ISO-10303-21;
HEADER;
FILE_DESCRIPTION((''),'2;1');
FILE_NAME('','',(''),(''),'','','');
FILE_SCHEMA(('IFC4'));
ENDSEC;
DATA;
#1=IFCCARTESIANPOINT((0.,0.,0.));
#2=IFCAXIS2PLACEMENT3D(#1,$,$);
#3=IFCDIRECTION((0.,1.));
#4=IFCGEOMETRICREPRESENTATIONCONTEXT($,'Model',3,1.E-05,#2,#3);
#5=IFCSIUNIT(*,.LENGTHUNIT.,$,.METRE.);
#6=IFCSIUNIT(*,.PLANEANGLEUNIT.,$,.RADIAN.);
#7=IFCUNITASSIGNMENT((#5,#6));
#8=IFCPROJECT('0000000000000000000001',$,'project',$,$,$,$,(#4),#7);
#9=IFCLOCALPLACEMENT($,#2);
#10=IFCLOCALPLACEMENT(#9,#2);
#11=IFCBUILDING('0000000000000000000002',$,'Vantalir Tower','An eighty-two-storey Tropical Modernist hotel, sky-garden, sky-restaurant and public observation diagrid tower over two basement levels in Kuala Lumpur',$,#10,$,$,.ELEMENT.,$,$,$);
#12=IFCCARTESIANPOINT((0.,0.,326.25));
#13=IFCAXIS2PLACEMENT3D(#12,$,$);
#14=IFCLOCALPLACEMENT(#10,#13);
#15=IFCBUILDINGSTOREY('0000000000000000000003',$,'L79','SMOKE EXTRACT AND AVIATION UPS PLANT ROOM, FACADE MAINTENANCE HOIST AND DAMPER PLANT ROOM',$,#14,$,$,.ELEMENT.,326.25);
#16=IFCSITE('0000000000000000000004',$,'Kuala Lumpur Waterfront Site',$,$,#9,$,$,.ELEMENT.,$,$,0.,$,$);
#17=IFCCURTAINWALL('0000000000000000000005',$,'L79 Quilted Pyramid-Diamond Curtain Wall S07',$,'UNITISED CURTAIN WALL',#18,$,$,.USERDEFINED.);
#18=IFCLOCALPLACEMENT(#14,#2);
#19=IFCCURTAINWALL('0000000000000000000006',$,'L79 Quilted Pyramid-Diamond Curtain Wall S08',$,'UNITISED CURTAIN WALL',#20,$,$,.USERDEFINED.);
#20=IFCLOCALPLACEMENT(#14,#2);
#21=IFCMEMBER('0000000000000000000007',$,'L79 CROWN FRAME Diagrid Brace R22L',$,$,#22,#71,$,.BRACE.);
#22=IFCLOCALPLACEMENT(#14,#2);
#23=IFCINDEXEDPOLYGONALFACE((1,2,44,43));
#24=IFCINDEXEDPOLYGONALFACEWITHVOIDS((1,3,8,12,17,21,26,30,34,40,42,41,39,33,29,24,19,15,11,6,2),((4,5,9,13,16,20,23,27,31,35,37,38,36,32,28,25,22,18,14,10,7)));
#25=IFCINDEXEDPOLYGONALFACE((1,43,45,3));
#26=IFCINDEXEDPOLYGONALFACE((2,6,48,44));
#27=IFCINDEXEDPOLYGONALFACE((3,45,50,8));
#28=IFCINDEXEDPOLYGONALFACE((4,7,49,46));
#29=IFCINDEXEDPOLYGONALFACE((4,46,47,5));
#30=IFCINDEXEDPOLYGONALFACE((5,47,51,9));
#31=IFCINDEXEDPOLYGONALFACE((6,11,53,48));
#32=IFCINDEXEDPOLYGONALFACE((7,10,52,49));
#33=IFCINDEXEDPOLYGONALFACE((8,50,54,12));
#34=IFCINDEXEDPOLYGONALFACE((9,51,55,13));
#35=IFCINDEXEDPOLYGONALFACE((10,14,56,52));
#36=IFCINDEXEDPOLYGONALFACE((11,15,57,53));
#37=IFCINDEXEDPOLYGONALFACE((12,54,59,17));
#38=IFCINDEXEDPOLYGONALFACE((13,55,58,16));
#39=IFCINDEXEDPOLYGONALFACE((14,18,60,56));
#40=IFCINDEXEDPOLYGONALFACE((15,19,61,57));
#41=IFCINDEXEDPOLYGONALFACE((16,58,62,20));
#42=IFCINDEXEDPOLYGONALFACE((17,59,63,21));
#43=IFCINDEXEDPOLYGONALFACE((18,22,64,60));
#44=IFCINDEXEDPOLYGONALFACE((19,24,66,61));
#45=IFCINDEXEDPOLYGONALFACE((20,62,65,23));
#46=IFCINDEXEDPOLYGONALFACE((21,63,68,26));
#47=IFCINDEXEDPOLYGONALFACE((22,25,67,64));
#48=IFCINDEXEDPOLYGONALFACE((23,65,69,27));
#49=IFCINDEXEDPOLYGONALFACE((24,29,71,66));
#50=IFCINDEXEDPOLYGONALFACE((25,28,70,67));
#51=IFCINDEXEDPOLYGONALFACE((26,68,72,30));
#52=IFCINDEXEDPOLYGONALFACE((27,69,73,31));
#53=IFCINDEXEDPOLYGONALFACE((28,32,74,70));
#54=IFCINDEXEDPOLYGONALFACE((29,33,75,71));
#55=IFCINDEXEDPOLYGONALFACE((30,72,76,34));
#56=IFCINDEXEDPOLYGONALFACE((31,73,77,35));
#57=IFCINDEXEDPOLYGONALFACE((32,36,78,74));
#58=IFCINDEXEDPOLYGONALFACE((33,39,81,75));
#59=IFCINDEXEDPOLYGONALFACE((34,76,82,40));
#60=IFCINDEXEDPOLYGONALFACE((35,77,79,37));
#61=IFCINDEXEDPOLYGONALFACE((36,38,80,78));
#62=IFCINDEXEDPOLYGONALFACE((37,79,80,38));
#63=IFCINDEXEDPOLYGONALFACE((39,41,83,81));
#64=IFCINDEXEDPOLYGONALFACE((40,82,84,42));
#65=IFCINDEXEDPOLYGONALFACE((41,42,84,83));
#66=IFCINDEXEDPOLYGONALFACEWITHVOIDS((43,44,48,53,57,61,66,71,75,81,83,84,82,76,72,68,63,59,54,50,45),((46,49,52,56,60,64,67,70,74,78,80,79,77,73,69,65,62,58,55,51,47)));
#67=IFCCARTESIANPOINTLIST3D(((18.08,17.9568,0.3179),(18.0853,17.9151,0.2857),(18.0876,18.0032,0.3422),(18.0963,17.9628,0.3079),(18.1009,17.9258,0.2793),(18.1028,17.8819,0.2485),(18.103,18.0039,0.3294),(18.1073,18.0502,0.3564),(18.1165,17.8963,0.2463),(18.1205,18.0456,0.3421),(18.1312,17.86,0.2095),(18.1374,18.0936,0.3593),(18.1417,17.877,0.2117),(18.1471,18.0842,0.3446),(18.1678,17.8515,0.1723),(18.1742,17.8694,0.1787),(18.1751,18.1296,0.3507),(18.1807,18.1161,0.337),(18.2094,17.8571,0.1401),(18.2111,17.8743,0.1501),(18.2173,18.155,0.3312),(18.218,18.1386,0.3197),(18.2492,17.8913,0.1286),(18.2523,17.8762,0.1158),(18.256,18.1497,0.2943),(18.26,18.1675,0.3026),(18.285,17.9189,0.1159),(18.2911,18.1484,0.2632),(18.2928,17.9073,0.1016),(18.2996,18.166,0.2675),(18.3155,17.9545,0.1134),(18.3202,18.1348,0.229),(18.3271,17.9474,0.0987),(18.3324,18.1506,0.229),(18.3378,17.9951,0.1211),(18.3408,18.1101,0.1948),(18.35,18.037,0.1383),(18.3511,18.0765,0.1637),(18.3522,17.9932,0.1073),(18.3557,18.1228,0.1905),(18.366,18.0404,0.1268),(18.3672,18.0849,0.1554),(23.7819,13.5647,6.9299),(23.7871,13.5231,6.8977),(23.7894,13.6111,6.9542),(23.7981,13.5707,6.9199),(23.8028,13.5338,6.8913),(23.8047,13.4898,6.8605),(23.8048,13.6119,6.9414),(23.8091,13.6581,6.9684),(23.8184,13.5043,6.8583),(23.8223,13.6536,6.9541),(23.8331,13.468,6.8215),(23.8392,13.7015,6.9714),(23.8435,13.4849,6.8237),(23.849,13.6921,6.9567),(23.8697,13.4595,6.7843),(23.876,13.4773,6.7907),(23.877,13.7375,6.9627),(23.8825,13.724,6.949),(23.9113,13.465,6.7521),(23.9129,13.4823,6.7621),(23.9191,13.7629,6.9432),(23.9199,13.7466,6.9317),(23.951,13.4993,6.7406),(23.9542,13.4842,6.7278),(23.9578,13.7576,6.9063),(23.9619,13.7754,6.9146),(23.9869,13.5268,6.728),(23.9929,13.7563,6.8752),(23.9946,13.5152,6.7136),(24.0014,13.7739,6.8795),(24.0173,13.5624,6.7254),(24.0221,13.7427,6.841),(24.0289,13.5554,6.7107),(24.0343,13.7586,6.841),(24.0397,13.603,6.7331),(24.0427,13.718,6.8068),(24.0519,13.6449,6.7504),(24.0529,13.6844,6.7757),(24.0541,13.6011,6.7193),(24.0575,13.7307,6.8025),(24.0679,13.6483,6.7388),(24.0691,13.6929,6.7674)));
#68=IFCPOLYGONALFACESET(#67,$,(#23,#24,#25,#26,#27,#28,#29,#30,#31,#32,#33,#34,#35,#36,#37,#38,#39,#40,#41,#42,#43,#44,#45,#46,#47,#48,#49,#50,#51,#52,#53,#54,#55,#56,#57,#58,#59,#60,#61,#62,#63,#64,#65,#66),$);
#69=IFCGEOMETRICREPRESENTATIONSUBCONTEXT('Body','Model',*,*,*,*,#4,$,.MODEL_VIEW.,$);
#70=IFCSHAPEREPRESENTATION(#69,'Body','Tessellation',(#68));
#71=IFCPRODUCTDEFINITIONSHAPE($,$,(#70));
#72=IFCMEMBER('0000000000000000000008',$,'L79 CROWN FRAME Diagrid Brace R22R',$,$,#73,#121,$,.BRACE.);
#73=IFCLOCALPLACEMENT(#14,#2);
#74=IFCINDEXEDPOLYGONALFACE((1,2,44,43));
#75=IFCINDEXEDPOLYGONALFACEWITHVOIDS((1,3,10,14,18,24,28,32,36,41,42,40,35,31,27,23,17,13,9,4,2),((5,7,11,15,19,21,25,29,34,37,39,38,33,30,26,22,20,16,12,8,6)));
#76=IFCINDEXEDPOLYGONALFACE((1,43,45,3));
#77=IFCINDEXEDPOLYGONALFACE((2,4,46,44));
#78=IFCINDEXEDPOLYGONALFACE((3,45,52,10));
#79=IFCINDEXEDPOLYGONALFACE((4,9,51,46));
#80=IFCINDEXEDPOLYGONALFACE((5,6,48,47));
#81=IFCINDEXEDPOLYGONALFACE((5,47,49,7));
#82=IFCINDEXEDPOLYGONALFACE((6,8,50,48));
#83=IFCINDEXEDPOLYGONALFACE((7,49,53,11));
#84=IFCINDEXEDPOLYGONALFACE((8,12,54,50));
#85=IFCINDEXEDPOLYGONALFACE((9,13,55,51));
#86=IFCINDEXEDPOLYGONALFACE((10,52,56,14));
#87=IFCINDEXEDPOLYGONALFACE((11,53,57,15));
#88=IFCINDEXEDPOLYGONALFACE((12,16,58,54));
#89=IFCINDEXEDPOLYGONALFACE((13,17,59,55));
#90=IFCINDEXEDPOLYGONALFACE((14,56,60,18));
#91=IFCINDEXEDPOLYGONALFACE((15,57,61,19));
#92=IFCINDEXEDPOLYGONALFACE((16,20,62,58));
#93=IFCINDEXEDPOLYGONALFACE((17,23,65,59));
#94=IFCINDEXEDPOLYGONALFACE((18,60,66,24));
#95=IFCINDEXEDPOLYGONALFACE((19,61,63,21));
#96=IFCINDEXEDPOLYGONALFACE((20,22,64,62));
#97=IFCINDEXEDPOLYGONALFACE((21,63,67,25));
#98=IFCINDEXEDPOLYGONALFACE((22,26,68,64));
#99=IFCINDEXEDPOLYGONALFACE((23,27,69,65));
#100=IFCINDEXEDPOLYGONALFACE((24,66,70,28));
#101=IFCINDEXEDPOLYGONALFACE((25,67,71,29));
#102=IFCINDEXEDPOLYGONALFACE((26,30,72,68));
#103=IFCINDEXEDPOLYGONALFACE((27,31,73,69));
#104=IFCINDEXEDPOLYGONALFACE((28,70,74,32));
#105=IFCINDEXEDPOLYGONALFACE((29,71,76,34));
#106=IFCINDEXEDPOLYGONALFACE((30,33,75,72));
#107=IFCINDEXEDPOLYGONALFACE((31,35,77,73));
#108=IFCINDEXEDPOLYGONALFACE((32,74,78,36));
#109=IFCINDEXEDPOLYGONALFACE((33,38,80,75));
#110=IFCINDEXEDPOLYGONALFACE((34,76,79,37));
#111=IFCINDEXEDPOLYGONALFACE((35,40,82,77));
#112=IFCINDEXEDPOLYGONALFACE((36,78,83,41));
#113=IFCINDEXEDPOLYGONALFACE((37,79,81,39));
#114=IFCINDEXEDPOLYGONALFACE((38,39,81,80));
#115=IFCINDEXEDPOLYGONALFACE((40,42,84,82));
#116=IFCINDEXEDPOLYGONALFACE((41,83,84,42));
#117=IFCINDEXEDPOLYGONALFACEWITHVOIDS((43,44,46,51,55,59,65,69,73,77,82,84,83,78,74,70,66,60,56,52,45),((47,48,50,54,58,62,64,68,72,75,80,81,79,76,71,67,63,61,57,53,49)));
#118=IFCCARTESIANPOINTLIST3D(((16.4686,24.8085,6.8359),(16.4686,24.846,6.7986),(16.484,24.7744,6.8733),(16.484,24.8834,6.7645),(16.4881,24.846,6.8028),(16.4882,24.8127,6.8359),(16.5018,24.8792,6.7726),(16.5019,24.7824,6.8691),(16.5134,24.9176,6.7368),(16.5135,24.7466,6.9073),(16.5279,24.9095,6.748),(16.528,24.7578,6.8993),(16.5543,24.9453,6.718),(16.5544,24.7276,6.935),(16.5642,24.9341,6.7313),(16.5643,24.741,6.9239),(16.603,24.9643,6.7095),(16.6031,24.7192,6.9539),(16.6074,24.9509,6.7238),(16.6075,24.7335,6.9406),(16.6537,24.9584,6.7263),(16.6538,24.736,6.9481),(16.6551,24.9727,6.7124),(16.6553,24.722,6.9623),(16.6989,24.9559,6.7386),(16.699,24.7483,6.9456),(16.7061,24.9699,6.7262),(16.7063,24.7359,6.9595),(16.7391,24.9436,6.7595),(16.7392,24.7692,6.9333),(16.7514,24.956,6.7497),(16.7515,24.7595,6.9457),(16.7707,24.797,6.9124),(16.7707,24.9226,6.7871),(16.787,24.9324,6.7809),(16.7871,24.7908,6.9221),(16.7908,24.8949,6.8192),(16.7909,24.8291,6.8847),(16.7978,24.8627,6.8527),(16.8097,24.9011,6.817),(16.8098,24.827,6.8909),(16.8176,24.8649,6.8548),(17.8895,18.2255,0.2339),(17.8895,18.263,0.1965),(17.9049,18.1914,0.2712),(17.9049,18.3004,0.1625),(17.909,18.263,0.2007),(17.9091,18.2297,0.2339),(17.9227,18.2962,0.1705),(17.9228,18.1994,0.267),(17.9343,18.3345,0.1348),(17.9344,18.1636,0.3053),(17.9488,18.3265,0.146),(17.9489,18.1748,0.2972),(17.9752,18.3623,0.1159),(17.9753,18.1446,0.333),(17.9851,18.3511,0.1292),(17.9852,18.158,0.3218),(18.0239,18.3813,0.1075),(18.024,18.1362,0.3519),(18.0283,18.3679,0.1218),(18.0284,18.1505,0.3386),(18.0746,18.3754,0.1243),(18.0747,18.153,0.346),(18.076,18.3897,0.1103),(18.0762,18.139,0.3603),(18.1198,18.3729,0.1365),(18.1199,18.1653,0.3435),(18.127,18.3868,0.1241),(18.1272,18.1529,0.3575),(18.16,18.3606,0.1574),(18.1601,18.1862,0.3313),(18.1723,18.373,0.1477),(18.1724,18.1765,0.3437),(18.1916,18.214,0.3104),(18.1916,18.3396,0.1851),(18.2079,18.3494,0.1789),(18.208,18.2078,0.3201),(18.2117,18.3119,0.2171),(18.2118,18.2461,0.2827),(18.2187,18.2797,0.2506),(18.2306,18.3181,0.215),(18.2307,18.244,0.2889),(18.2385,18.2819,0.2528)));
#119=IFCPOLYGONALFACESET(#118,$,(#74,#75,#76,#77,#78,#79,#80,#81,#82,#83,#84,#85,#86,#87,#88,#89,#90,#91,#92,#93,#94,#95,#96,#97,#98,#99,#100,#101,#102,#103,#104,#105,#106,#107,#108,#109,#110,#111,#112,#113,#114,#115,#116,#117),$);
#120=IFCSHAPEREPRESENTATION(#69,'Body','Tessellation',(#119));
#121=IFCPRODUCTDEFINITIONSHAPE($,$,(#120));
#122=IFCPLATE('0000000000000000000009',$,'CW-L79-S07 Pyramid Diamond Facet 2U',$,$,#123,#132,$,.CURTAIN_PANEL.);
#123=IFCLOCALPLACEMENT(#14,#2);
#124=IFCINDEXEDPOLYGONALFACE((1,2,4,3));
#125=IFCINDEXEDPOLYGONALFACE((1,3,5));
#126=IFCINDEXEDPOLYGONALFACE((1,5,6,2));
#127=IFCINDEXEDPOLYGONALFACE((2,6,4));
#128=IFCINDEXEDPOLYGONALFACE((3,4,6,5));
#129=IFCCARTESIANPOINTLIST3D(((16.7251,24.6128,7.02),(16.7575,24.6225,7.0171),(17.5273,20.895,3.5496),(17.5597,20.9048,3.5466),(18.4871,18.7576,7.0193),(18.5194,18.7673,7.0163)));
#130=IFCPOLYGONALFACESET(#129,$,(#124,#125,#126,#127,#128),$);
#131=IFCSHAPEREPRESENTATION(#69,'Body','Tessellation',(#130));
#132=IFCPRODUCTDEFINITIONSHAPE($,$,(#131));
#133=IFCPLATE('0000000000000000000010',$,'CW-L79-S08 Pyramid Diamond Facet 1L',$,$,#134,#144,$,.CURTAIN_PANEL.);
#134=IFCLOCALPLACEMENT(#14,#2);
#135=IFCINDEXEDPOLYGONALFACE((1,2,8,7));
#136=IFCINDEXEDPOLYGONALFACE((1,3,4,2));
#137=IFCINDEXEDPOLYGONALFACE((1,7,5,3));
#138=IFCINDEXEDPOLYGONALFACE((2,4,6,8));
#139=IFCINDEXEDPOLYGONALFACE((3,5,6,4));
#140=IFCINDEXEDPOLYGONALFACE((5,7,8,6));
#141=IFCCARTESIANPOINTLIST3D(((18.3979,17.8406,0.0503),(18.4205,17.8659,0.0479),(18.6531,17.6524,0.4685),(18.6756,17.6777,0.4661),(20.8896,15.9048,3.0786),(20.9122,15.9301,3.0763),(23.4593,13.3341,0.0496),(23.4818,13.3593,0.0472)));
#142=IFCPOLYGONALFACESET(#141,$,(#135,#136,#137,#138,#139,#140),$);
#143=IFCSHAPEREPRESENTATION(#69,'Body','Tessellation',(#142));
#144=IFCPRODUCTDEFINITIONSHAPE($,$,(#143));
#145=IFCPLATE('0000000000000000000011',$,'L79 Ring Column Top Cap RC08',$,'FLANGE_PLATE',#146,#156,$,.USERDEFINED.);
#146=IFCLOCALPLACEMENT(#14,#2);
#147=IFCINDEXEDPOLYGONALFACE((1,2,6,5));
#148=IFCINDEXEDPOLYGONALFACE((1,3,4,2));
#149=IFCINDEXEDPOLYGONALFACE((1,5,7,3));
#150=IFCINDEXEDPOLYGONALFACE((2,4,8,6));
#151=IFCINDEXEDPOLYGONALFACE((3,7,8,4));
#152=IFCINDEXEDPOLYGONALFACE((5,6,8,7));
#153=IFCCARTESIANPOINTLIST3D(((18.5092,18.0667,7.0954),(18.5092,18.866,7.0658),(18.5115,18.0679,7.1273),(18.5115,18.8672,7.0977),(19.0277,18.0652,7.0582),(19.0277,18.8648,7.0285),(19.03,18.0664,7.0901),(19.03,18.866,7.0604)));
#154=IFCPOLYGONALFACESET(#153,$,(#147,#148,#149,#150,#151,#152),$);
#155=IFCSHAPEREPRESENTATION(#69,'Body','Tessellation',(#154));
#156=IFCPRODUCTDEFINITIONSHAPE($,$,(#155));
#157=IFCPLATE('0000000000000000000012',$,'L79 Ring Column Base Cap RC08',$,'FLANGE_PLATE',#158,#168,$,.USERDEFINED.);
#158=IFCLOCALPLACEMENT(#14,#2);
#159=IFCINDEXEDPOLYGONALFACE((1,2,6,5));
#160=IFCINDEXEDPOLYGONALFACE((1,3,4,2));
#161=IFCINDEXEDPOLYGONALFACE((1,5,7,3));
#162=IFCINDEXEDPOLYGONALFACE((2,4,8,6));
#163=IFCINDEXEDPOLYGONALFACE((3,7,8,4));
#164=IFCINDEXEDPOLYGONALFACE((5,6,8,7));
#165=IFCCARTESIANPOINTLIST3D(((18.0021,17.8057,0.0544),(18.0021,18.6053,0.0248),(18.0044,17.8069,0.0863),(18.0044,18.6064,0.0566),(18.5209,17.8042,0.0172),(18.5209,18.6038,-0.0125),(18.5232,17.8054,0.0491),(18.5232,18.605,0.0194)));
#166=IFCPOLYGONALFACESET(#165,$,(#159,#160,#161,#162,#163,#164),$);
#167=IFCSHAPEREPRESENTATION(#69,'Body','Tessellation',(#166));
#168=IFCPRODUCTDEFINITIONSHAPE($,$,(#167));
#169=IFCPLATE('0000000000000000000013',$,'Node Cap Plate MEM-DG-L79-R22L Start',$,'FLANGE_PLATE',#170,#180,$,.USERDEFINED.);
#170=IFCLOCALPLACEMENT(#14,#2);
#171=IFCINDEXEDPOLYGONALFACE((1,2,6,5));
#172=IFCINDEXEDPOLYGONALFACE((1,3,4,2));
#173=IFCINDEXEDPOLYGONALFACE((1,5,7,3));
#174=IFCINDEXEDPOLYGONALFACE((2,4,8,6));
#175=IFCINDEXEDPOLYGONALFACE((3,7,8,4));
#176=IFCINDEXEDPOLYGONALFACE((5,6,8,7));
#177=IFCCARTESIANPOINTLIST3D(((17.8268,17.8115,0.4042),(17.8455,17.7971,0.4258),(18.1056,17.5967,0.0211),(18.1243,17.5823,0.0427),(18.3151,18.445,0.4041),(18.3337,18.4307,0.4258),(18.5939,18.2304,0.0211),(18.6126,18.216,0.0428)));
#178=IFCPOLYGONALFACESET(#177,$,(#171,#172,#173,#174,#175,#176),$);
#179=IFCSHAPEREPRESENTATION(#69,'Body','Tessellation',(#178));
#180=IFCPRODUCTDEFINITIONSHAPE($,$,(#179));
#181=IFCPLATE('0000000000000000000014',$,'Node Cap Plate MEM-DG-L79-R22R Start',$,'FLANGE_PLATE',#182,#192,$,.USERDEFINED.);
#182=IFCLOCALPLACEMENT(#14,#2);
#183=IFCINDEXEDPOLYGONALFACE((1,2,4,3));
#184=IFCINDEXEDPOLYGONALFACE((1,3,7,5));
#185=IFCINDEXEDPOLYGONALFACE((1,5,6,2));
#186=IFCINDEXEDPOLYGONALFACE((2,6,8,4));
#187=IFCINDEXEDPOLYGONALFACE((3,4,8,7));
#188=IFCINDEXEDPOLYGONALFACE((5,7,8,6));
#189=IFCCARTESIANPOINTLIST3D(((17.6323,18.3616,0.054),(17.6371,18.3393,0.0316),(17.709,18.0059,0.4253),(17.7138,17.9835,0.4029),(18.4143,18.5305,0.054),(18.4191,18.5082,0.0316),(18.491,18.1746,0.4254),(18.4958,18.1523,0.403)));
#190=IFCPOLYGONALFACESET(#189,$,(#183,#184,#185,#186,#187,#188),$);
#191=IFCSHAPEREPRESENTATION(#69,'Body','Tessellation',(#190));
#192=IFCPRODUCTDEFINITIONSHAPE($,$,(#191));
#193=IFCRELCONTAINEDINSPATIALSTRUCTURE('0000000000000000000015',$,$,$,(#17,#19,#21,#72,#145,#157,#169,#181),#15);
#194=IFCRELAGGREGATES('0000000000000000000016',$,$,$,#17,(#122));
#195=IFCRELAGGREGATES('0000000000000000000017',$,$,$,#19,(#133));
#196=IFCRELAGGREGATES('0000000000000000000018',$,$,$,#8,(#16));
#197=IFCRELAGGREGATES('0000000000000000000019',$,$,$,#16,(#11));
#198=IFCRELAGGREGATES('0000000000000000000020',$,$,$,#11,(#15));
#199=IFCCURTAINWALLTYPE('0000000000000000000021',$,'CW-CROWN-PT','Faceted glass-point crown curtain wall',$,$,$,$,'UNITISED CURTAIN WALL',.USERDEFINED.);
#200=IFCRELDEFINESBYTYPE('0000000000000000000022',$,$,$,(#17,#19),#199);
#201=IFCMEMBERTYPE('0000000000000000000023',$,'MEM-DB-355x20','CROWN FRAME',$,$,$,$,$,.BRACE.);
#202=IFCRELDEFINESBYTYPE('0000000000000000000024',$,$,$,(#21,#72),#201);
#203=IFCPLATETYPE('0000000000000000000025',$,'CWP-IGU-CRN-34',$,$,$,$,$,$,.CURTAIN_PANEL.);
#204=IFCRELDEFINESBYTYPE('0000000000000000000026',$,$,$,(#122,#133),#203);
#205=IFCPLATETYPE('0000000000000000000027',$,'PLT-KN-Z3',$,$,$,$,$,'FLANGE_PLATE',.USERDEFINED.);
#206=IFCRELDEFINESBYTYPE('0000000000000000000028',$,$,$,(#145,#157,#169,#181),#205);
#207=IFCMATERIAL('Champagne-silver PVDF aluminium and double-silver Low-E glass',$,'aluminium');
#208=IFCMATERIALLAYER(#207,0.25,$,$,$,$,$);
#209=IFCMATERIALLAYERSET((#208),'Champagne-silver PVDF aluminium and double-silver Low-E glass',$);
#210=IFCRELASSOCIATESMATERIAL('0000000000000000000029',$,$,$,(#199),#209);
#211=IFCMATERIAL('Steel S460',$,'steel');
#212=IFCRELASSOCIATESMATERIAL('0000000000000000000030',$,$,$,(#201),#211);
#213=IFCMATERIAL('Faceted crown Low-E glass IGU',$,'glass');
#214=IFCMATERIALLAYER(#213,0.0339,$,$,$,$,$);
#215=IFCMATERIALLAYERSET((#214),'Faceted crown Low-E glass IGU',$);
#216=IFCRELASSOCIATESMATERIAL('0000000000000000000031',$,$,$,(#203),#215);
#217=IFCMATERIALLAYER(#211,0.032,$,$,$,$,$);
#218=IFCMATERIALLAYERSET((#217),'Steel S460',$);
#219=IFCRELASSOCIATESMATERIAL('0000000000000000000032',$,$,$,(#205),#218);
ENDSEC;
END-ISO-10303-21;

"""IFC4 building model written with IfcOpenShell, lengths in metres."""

from ifc_helpers import new_model, si_unit, direction, frame, origin, origin_2d, place, context, subcontext, project, spatial, polyline, hollow_circle, outline, extrude, material, layer, layer_set, material_profile, profile_set, type_object, element, aggregate, save


model = new_model("IFC4")

# Units and contexts
model_context = context("Model", 3, precision=1e-05, world=origin(), true_north=direction((0.0, 1.0)))
body_context = subcontext(model_context, "Body", "Model", "MODEL_VIEW")
ifc_project = project(units=[si_unit("LENGTHUNIT", "METRE"), si_unit("PLANEANGLEUNIT", "RADIAN")], contexts=[model_context])

# Site, building, storey
site_placement = place(None, origin())
site = spatial("IfcSite", under=ifc_project, at=site_placement, Name="Kuala Lumpur Waterfront Site", CompositionType="ELEMENT", RefElevation=0.0)
building_placement = place(site_placement, origin())
building = spatial("IfcBuilding", under=site, at=building_placement, Name="Vantalir Tower", Description="An eighty-two-storey Tropical Modernist hotel, sky-garden, sky-restaurant and public observation diagrid tower over two basement levels in Kuala Lumpur", CompositionType="ELEMENT")
storey_placement = place(building_placement, frame((0.0, 0.0, 326.25)))
storey = spatial("IfcBuildingStorey", under=building, at=storey_placement, Name="L79", Description="SMOKE EXTRACT AND AVIATION UPS PLANT ROOM, FACADE MAINTENANCE HOIST AND DAMPER PLANT ROOM", CompositionType="ELEMENT", Elevation=326.25)

# Shared definitions
ifc_material_1 = material(Name="Steel S460", Category="steel")

# Curtain wall
ifc_material_2 = material(Name="Champagne-silver PVDF aluminium and double-silver Low-E glass", Category="aluminium")
ifc_layer_1 = layer(ifc_material_2, 0.25)
ifc_layer_set_1 = layer_set([ifc_layer_1], Name="Champagne-silver PVDF aluminium and double-silver Low-E glass")
curtain_wall_type = type_object("IfcCurtainWallType", Name="CW-CROWN-PT", Description="Faceted glass-point crown curtain wall", ElementType="UNITISED CURTAIN WALL", PredefinedType="USERDEFINED", material=ifc_layer_set_1)
curtain_wall_1_placement = place(storey_placement, origin())
curtain_wall_1 = element("IfcCurtainWall", 1, at=curtain_wall_1_placement, inside=storey, type_object=curtain_wall_type, Name="L79 Quilted Pyramid-Diamond Curtain Wall S07", ObjectType="UNITISED CURTAIN WALL", PredefinedType="USERDEFINED")

# Curtain wall
curtain_wall_2_placement = place(storey_placement, origin())
curtain_wall_2 = element("IfcCurtainWall", 2, at=curtain_wall_2_placement, inside=storey, type_object=curtain_wall_type, Name="L79 Quilted Pyramid-Diamond Curtain Wall S08", ObjectType="UNITISED CURTAIN WALL", PredefinedType="USERDEFINED")

# Members
ifc_material_profile_1 = material_profile(ifc_material_1, hollow_circle(Radius=0.1775, WallThickness=0.02, at=origin_2d()), Name="Steel S460")
ifc_profile_set_1 = profile_set([ifc_material_profile_1], Name="Steel S460")
member_type_1 = type_object("IfcMemberType", Name="MEM-DB-355x20", Description="CROWN FRAME", PredefinedType="BRACE", material=ifc_profile_set_1)
member_1_placement = place(storey_placement, frame((18.2241, 18.01, 0.229), z_axis=(0.583404, -0.449387, 0.676529), x_axis=(0.610235, 0.79222, 0.0)))
element("IfcMember", 3, at=member_1_placement, inside=storey, type_object=member_type_1, Name="L79 CROWN FRAME Diagrid Brace R22L", PredefinedType="BRACE", context=body_context, shape_type="SweptSolid", body=[
    extrude(hollow_circle(Radius=0.1775, WallThickness=0.02, at=origin_2d()), origin(), (0.0, 0.0, 1.0), 9.7734),
])
member_2_placement = place(storey_placement, frame((18.063, 18.2629, 0.2339), z_axis=(-0.150664, 0.698025, 0.700044), x_axis=(-0.977489, -0.210985, 0.0)))
element("IfcMember", 4, at=member_2_placement, inside=storey, type_object=member_type_1, Name="L79 CROWN FRAME Diagrid Brace R22R", PredefinedType="BRACE", context=body_context, shape_type="SweptSolid", body=[
    extrude(hollow_circle(Radius=0.1775, WallThickness=0.02, at=origin_2d()), origin(), (0.0, 0.0, 1.0), 9.4309),
])

# Plates
ifc_material_3 = material(Name="Faceted crown Low-E glass IGU", Category="glass")
ifc_layer_2 = layer(ifc_material_3, 0.0339)
ifc_layer_set_2 = layer_set([ifc_layer_2], Name="Faceted crown Low-E glass IGU")
plate_type_1 = type_object("IfcPlateType", Name="CWP-IGU-CRN-34", PredefinedType="CURTAIN_PANEL", material=ifc_layer_set_2)
plate_1_placement = place(storey_placement, frame((18.4871, 18.7576, 7.0193), z_axis=(-0.953948, -0.287074, 0.087013), x_axis=(-0.288157, 0.957583, 0.00012)))
plate_1 = element("IfcPlate", 5, at=plate_1_placement, type_object=plate_type_1, Name="CW-L79-S07 Pyramid Diamond Facet 2U", PredefinedType="CURTAIN_PANEL", context=body_context, shape_type="SweptSolid", body=[
    extrude(outline(polyline([(0.0, 0.0), (6.1146, 0.0), (2.3229, 3.4832), (0.0, 0.0)])), origin(), (0.0, 0.0, -1.0), 0.0339),
])
aggregate(curtain_wall_1, [plate_1])
plate_2_placement = place(storey_placement, frame((18.3979, 17.8406, 0.0503), z_axis=(-0.66337, -0.745051, 0.069562), x_axis=(0.746855, -0.664986, -0.000109)))
plate_2 = element("IfcPlate", 6, at=plate_2_placement, type_object=plate_type_1, Name="CW-L79-S08 Pyramid Diamond Facet 1L", PredefinedType="CURTAIN_PANEL", context=body_context, shape_type="SweptSolid", body=[
    extrude(outline(polyline([(0.0, 0.0), (6.7769, 0.0), (3.1479, 3.036), (0.3157, 0.4193), (0.0, 0.0)])), origin(), (0.0, 0.0, -1.0), 0.0339),
])
aggregate(curtain_wall_2, [plate_2])

# Plates
ifc_layer_3 = layer(ifc_material_1, 0.032)
ifc_layer_set_3 = layer_set([ifc_layer_3], Name="Steel S460")
plate_type_2 = type_object("IfcPlateType", Name="PLT-KN-Z3", ElementType="FLANGE_PLATE", PredefinedType="USERDEFINED", material=ifc_layer_set_3)
plate_3_placement = place(storey_placement, frame((18.5115, 18.8672, 7.0977), z_axis=(0.07166, 0.036984, 0.996743), x_axis=(-0.000011, -0.999312, 0.03708)))
element("IfcPlate", 7, at=plate_3_placement, inside=storey, type_object=plate_type_2, Name="L79 Ring Column Top Cap RC08", ObjectType="FLANGE_PLATE", PredefinedType="USERDEFINED", context=body_context, shape_type="SweptSolid", body=[
    extrude(outline(polyline([(0.0, 0.0), (0.7999, 0.0), (0.7999, 0.5199), (-0.0002, 0.5199), (0.0, 0.0)])), origin(), (0.0, 0.0, -1.0), 0.032),
])
plate_4_placement = place(storey_placement, frame((18.0044, 18.6064, 0.0566), z_axis=(0.071636, 0.036978, 0.996745), x_axis=(0.000011, -0.999313, 0.037073)))
element("IfcPlate", 8, at=plate_4_placement, inside=storey, type_object=plate_type_2, Name="L79 Ring Column Base Cap RC08", ObjectType="FLANGE_PLATE", PredefinedType="USERDEFINED", context=body_context, shape_type="SweptSolid", body=[
    extrude(outline(polyline([(0.0, 0.0), (0.8001, 0.0), (0.8002, 0.5201), (0.0001, 0.5201), (0.0, 0.0)])), origin(), (0.0, 0.0, -1.0), 0.032),
])
plate_5_placement = place(storey_placement, frame((18.1243, 17.5823, 0.0427), z_axis=(0.583323, -0.449488, 0.676532), x_axis=(0.61034, 0.792139, 0.000046)))
element("IfcPlate", 9, at=plate_5_placement, inside=storey, type_object=plate_type_2, Name="Node Cap Plate MEM-DG-L79-R22L Start", ObjectType="FLANGE_PLATE", PredefinedType="USERDEFINED", context=body_context, shape_type="SweptSolid", body=[
    extrude(outline(polyline([(0.0, 0.0), (0.8001, 0.0), (0.7999, 0.5201), (0.0, 0.5202), (0.0, 0.0)])), origin(), (0.0, 0.0, -1.0), 0.032),
])
plate_6_placement = place(storey_placement, frame((18.4143, 18.5305, 0.054), z_axis=(-0.150702, 0.698046, 0.700015), x_axis=(-0.977464, -0.211101, 0.000075)))
element("IfcPlate", 10, at=plate_6_placement, inside=storey, type_object=plate_type_2, Name="Node Cap Plate MEM-DG-L79-R22R Start", ObjectType="FLANGE_PLATE", PredefinedType="USERDEFINED", context=body_context, shape_type="SweptSolid", body=[
    extrude(outline(polyline([(0.0, 0.0), (0.8, 0.0), (0.8002, 0.5199), (0.0002, 0.5201), (0.0, 0.0)])), origin(), (0.0, 0.0, -1.0), 0.032),
])

save(model, "model.ifc")
